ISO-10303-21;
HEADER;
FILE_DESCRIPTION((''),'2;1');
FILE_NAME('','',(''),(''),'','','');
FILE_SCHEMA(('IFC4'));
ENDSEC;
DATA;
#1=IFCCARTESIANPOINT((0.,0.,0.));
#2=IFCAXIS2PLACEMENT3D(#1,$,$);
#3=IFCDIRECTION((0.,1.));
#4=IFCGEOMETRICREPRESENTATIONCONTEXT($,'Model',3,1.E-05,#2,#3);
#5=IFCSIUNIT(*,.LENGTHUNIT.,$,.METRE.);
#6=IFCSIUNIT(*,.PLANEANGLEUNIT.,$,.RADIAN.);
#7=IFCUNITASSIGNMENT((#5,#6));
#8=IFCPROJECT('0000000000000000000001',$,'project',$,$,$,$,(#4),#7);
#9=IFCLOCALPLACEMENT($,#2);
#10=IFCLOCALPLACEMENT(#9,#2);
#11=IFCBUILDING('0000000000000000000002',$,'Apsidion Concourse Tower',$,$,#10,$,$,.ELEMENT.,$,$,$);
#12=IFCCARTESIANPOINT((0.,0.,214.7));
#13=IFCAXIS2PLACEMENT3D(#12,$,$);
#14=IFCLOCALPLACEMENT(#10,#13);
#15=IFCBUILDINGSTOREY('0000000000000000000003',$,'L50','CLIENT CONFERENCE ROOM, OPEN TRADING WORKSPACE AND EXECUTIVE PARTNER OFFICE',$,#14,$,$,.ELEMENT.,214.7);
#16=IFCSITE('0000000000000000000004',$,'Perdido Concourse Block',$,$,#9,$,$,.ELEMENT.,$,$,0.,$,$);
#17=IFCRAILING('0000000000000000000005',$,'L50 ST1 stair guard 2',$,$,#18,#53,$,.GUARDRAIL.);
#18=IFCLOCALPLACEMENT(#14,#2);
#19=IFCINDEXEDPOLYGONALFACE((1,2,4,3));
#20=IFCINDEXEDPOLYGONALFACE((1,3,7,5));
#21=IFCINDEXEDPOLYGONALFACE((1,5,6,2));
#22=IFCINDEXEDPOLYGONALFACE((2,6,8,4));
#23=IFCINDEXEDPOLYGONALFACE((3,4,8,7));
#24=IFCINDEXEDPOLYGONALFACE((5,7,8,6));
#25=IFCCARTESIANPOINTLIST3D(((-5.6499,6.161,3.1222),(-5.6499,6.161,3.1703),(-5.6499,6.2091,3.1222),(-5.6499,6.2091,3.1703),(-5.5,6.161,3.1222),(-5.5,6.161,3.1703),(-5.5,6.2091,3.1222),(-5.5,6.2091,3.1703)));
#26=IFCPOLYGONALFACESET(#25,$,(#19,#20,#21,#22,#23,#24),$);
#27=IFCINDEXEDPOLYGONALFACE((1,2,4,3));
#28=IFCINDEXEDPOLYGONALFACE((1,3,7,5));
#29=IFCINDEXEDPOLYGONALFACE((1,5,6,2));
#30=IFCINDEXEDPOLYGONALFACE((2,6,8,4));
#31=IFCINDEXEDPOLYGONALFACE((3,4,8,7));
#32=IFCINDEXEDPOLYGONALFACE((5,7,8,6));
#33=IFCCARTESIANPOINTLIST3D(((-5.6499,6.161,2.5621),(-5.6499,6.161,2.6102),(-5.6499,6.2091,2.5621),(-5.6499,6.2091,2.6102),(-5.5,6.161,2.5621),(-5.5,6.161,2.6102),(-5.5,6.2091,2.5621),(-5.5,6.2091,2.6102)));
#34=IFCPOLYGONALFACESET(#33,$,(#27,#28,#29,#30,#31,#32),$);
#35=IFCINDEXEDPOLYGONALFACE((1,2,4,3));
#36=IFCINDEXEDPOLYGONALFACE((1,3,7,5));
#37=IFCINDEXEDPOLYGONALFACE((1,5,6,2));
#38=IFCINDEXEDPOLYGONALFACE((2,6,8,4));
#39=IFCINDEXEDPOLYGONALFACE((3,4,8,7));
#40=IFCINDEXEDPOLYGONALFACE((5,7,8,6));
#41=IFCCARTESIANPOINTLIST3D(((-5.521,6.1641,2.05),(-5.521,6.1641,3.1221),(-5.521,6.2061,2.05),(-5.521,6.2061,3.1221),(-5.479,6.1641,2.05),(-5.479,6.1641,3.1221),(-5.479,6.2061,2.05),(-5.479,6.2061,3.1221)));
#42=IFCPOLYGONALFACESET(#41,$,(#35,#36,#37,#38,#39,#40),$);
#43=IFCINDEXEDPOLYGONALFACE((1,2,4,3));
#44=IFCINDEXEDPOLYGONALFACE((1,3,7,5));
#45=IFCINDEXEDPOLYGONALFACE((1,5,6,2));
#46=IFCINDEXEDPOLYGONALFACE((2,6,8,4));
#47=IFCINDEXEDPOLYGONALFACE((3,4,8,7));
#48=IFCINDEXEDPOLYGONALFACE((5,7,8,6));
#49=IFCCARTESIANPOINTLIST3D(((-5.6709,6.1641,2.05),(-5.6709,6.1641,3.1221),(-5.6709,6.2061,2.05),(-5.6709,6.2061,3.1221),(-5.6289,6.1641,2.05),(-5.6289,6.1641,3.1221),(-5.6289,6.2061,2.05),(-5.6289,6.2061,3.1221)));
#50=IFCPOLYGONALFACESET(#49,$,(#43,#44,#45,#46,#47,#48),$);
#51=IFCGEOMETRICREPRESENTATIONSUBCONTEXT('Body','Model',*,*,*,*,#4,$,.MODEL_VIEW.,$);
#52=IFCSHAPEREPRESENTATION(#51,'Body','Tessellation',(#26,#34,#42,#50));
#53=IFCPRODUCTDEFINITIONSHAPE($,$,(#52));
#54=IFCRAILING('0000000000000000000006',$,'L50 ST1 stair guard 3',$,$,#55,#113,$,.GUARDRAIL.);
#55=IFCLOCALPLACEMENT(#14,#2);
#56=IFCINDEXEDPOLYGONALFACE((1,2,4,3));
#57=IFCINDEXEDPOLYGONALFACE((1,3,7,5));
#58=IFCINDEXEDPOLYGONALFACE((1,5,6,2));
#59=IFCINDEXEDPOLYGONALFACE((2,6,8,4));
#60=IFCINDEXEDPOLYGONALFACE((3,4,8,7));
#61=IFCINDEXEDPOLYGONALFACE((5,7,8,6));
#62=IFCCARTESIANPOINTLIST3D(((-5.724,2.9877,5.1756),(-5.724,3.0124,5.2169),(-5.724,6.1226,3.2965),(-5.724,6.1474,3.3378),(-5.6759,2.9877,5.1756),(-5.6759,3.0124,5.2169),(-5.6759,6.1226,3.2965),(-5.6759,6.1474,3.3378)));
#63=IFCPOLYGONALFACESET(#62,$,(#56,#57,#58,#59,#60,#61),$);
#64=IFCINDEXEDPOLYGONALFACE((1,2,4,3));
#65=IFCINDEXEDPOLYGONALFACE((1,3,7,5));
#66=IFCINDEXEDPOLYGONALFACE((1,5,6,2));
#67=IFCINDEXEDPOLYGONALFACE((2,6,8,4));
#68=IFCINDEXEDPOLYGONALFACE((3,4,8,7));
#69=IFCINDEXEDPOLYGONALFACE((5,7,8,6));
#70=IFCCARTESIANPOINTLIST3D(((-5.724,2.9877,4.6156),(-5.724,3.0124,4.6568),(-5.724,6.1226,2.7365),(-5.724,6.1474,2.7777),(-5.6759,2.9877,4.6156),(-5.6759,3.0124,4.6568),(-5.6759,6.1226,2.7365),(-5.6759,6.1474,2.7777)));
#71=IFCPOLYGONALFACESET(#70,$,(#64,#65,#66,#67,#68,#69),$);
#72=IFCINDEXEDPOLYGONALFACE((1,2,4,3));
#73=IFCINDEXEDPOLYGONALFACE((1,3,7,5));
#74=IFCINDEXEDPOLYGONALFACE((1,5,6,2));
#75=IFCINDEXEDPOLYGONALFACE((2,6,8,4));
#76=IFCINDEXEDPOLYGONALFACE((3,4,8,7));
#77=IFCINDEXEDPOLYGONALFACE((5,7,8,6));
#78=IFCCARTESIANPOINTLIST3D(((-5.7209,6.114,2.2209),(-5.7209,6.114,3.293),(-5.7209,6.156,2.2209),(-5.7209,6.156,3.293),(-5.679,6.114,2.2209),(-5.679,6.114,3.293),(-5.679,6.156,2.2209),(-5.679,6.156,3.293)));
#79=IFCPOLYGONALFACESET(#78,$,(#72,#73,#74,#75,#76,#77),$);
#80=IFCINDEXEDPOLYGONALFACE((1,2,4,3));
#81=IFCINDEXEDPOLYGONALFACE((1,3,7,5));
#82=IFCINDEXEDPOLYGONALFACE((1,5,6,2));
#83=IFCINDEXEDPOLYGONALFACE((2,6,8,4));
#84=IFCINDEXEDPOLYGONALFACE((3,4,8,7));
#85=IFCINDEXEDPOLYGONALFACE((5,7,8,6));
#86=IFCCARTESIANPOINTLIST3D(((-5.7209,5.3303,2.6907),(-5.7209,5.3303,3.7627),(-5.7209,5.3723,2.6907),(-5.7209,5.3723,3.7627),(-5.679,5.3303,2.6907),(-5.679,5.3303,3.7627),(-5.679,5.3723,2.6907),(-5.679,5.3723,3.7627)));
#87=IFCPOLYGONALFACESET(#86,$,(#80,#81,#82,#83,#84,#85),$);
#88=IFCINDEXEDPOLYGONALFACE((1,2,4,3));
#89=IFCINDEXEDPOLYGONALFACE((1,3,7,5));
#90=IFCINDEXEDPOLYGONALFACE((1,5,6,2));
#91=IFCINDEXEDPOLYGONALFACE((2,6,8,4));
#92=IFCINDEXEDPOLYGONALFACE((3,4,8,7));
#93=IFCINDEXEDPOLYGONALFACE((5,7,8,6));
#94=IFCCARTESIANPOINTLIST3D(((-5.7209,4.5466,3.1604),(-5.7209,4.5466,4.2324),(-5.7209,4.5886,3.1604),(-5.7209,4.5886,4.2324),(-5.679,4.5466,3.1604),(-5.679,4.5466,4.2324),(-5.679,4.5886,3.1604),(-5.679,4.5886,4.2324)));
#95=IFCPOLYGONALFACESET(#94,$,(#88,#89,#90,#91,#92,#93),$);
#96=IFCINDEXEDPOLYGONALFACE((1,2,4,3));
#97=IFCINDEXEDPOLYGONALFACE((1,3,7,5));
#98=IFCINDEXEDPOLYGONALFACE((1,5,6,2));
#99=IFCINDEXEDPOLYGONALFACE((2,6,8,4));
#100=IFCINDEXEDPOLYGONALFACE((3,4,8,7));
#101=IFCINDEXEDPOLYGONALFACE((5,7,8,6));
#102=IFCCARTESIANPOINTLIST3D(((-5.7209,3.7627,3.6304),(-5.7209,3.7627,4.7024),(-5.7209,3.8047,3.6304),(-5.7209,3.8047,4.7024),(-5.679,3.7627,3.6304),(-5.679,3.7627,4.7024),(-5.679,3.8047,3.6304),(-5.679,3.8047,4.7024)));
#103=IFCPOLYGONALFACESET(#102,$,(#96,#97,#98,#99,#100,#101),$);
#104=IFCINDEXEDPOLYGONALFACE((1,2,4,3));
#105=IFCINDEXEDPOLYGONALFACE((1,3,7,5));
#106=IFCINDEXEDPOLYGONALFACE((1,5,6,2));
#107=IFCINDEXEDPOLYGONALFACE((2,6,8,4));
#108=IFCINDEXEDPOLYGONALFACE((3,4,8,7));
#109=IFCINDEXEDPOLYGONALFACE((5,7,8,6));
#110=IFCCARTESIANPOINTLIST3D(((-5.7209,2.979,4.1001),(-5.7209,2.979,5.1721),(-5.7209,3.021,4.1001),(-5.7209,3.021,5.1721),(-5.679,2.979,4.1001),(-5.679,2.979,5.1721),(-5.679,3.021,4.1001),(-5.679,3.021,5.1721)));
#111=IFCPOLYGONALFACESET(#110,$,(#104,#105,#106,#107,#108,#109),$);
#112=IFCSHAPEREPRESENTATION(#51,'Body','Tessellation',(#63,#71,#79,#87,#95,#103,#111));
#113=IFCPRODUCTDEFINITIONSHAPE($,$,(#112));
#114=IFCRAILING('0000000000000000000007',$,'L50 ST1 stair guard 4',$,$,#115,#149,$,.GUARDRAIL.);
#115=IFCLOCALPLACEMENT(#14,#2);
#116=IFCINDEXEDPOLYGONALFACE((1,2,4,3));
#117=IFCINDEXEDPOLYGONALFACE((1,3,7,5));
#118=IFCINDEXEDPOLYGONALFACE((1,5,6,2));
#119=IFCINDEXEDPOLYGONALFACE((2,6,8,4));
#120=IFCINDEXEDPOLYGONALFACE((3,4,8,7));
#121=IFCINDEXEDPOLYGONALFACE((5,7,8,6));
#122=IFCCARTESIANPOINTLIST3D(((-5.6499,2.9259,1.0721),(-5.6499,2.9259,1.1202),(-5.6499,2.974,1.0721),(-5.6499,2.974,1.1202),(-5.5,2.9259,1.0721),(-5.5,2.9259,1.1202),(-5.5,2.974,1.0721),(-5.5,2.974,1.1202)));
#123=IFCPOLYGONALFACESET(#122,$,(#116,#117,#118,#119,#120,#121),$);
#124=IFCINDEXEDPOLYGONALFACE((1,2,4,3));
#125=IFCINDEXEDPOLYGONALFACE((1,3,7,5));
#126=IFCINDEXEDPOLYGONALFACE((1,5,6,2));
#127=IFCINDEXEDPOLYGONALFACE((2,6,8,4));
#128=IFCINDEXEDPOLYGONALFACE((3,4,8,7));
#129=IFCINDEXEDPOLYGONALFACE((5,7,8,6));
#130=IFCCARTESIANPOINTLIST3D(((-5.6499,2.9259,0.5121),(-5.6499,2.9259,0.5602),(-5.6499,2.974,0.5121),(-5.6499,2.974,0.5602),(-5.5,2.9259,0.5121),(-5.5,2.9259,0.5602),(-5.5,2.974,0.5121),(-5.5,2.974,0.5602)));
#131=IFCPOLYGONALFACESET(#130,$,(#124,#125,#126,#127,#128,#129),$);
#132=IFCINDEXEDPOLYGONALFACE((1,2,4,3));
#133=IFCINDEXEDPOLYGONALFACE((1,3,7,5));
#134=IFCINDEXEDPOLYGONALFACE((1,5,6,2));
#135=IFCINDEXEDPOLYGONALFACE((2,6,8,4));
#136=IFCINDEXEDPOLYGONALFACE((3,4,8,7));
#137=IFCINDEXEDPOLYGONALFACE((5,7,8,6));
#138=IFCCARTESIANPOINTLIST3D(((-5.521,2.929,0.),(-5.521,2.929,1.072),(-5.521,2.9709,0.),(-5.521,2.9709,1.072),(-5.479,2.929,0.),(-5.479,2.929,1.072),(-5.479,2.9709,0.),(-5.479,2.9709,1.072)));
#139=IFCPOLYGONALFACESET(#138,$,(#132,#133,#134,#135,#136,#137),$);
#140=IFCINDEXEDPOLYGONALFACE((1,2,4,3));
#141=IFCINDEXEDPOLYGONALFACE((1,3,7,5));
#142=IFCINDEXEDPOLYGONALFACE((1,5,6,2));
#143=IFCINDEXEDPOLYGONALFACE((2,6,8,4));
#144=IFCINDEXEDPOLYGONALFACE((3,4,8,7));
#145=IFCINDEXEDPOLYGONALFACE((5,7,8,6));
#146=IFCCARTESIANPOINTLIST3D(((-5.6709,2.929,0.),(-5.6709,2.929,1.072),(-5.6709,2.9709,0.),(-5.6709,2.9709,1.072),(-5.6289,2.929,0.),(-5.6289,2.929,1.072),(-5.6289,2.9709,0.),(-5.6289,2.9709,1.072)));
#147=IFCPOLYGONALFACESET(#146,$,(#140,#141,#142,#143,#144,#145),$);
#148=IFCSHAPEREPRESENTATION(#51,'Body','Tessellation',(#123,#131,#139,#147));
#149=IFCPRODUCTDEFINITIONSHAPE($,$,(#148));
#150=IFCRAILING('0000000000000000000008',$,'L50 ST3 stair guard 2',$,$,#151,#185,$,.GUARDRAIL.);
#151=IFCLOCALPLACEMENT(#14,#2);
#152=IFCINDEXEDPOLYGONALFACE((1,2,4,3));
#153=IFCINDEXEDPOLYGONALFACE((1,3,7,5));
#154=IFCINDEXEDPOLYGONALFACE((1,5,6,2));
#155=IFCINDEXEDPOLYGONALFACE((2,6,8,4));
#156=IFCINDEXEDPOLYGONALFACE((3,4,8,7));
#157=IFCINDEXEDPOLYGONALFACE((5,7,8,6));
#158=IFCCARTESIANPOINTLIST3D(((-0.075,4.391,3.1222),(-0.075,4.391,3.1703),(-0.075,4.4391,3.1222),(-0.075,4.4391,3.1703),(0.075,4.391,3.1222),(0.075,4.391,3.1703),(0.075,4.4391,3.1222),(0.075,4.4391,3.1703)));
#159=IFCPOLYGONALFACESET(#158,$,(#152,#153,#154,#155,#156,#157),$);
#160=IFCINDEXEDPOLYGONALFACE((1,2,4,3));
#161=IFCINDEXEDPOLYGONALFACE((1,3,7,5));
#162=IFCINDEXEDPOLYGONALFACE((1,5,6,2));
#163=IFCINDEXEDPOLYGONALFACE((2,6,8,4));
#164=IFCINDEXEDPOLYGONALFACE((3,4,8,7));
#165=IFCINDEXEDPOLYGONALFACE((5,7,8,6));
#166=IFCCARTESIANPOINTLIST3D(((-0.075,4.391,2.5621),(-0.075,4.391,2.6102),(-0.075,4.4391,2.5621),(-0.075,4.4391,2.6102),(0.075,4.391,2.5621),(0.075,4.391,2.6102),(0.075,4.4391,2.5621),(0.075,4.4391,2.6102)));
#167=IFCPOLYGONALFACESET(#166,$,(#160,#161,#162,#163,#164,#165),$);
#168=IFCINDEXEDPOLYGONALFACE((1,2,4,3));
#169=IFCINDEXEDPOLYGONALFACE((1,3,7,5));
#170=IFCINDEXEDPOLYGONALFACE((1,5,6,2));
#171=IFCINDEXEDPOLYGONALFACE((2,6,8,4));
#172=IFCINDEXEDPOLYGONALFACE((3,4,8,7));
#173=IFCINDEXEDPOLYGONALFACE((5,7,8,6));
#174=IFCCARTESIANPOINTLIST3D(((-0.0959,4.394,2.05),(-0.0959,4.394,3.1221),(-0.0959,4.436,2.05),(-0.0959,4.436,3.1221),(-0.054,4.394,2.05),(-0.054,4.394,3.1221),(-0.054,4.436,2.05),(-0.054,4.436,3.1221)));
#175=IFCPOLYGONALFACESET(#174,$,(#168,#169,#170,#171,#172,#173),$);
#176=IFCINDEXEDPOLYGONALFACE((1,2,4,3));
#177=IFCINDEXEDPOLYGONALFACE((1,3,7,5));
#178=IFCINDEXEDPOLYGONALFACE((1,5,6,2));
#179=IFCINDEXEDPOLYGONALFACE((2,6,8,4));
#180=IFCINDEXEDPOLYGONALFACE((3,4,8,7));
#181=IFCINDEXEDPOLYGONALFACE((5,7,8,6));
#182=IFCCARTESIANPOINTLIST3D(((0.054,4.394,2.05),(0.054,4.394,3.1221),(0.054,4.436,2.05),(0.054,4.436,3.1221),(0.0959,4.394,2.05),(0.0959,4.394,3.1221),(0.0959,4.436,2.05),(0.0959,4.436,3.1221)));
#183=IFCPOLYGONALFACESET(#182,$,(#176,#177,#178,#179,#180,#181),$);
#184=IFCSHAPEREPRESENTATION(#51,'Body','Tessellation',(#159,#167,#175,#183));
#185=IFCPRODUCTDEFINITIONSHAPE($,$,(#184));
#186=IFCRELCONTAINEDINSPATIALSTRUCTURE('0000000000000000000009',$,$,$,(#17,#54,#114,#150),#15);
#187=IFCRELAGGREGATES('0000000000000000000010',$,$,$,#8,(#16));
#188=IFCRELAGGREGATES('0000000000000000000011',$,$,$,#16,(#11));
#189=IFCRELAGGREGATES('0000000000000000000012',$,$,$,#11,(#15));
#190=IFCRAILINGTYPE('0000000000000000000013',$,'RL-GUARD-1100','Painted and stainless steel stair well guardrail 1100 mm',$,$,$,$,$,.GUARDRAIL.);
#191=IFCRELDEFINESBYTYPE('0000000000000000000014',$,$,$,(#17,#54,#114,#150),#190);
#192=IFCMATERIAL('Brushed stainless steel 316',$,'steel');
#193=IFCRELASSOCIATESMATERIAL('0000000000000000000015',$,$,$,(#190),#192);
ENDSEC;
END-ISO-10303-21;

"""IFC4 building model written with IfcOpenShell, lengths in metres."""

from ifc_helpers import new_model, si_unit, direction, frame, origin, origin_2d, place, context, subcontext, project, spatial, rectangle, extrude, material, type_object, element, save


model = new_model("IFC4")

# Units and contexts
model_context = context("Model", 3, precision=1e-05, world=origin(), true_north=direction((0.0, 1.0)))
body_context = subcontext(model_context, "Body", "Model", "MODEL_VIEW")
ifc_project = project(units=[si_unit("LENGTHUNIT", "METRE"), si_unit("PLANEANGLEUNIT", "RADIAN")], contexts=[model_context])

# Site, building, storey
site_placement = place(None, origin())
site = spatial("IfcSite", under=ifc_project, at=site_placement, Name="Perdido Concourse Block", CompositionType="ELEMENT", RefElevation=0.0)
building_placement = place(site_placement, origin())
building = spatial("IfcBuilding", under=site, at=building_placement, Name="Apsidion Concourse Tower", CompositionType="ELEMENT")
storey_placement = place(building_placement, frame((0.0, 0.0, 214.7)))
storey = spatial("IfcBuildingStorey", under=building, at=storey_placement, Name="L50", Description="CLIENT CONFERENCE ROOM, OPEN TRADING WORKSPACE AND EXECUTIVE PARTNER OFFICE", CompositionType="ELEMENT", Elevation=214.7)

# Shared definitions
ifc_material_1 = material(Name="Brushed stainless steel 316", Category="steel")

# Railings
railing_type_1 = type_object("IfcRailingType", Name="RL-GUARD-1100", Description="Painted and stainless steel stair well guardrail 1100 mm", PredefinedType="GUARDRAIL", material=ifc_material_1)
railing_1_placement = place(storey_placement, frame((-5.5, 6.1851, 2.05)))
element("IfcRailing", 1, at=railing_1_placement, inside=storey, type_object=railing_type_1, Name="L50 ST1 stair guard 2", PredefinedType="GUARDRAIL", context=body_context, shape_type="SweptSolid", body=[
    extrude(rectangle(XDim=0.0481, YDim=0.0481, at=origin_2d()), frame((0.0, 0.0, 1.0962), z_axis=(-1.0, 0.0, 0.0), x_axis=(0.0, -1.0, 0.0)), (0.0, 0.0, 1.0), 0.1499),
    extrude(rectangle(XDim=0.0481, YDim=0.0481, at=origin_2d()), frame((0.0, 0.0, 0.5361), z_axis=(-1.0, 0.0, 0.0), x_axis=(0.0, -1.0, 0.0)), (0.0, 0.0, 1.0), 0.1499),
    extrude(rectangle(XDim=0.042, YDim=0.042, at=origin_2d()), origin(), (0.0, 0.0, 1.0), 1.072),
    extrude(rectangle(XDim=0.042, YDim=0.042, at=origin_2d()), frame((-0.1499, 0.0, 0.0)), (0.0, 0.0, 1.0), 1.072),
])
railing_2_placement = place(storey_placement, frame((-5.7, 6.135, 2.2209)))
element("IfcRailing", 2, at=railing_2_placement, inside=storey, type_object=railing_type_1, Name="L50 ST1 stair guard 3", PredefinedType="GUARDRAIL", context=body_context, shape_type="SweptSolid", body=[
    extrude(rectangle(XDim=0.0481, YDim=0.0481, at=origin_2d()), frame((0.0, 0.0, 1.0962), z_axis=(0.0, -0.857717, 0.514122), x_axis=(1.0, 0.0, 0.0)), (0.0, 0.0, 1.0), 3.655),
    extrude(rectangle(XDim=0.0481, YDim=0.0481, at=origin_2d()), frame((0.0, 0.0, 0.5361), z_axis=(0.0, -0.857717, 0.514122), x_axis=(1.0, 0.0, 0.0)), (0.0, 0.0, 1.0), 3.655),
    extrude(rectangle(XDim=0.042, YDim=0.042, at=origin_2d()), origin(), (0.0, 0.0, 1.0), 1.072),
    extrude(rectangle(XDim=0.042, YDim=0.042, at=origin_2d()), frame((0.0, -0.7837, 0.4697)), (0.0, 0.0, 1.0), 1.072),
    extrude(rectangle(XDim=0.042, YDim=0.042, at=origin_2d()), frame((0.0, -1.5674, 0.9395)), (0.0, 0.0, 1.0), 1.072),
    extrude(rectangle(XDim=0.042, YDim=0.042, at=origin_2d()), frame((0.0, -2.3513, 1.4094)), (0.0, 0.0, 1.0), 1.072),
    extrude(rectangle(XDim=0.042, YDim=0.042, at=origin_2d()), frame((0.0, -3.135, 1.8792)), (0.0, 0.0, 1.0), 1.072),
])
railing_3_placement = place(storey_placement, frame((-5.5, 2.95, 0.0)))
element("IfcRailing", 3, at=railing_3_placement, inside=storey, type_object=railing_type_1, Name="L50 ST1 stair guard 4", PredefinedType="GUARDRAIL", context=body_context, shape_type="SweptSolid", body=[
    extrude(rectangle(XDim=0.0481, YDim=0.0481, at=origin_2d()), frame((0.0, 0.0, 1.0962), z_axis=(-1.0, 0.0, 0.0), x_axis=(0.0, -1.0, 0.0)), (0.0, 0.0, 1.0), 0.1499),
    extrude(rectangle(XDim=0.0481, YDim=0.0481, at=origin_2d()), frame((0.0, 0.0, 0.5361), z_axis=(-1.0, 0.0, 0.0), x_axis=(0.0, -1.0, 0.0)), (0.0, 0.0, 1.0), 0.1499),
    extrude(rectangle(XDim=0.042, YDim=0.042, at=origin_2d()), origin(), (0.0, 0.0, 1.0), 1.072),
    extrude(rectangle(XDim=0.042, YDim=0.042, at=origin_2d()), frame((-0.1499, 0.0, 0.0)), (0.0, 0.0, 1.0), 1.072),
])
railing_4_placement = place(storey_placement, frame((-0.075, 4.415, 2.05)))
element("IfcRailing", 4, at=railing_4_placement, inside=storey, type_object=railing_type_1, Name="L50 ST3 stair guard 2", PredefinedType="GUARDRAIL", context=body_context, shape_type="SweptSolid", body=[
    extrude(rectangle(XDim=0.0481, YDim=0.0481, at=origin_2d()), frame((0.0, 0.0, 1.0962), z_axis=(1.0, 0.0, 0.0), x_axis=(0.0, 1.0, 0.0)), (0.0, 0.0, 1.0), 0.1499),
    extrude(rectangle(XDim=0.0481, YDim=0.0481, at=origin_2d()), frame((0.0, 0.0, 0.5361), z_axis=(1.0, 0.0, 0.0), x_axis=(0.0, 1.0, 0.0)), (0.0, 0.0, 1.0), 0.1499),
    extrude(rectangle(XDim=0.042, YDim=0.042, at=origin_2d()), origin(), (0.0, 0.0, 1.0), 1.072),
    extrude(rectangle(XDim=0.042, YDim=0.042, at=origin_2d()), frame((0.1499, 0.0, 0.0)), (0.0, 0.0, 1.0), 1.072),
])

save(model, "model.ifc")
